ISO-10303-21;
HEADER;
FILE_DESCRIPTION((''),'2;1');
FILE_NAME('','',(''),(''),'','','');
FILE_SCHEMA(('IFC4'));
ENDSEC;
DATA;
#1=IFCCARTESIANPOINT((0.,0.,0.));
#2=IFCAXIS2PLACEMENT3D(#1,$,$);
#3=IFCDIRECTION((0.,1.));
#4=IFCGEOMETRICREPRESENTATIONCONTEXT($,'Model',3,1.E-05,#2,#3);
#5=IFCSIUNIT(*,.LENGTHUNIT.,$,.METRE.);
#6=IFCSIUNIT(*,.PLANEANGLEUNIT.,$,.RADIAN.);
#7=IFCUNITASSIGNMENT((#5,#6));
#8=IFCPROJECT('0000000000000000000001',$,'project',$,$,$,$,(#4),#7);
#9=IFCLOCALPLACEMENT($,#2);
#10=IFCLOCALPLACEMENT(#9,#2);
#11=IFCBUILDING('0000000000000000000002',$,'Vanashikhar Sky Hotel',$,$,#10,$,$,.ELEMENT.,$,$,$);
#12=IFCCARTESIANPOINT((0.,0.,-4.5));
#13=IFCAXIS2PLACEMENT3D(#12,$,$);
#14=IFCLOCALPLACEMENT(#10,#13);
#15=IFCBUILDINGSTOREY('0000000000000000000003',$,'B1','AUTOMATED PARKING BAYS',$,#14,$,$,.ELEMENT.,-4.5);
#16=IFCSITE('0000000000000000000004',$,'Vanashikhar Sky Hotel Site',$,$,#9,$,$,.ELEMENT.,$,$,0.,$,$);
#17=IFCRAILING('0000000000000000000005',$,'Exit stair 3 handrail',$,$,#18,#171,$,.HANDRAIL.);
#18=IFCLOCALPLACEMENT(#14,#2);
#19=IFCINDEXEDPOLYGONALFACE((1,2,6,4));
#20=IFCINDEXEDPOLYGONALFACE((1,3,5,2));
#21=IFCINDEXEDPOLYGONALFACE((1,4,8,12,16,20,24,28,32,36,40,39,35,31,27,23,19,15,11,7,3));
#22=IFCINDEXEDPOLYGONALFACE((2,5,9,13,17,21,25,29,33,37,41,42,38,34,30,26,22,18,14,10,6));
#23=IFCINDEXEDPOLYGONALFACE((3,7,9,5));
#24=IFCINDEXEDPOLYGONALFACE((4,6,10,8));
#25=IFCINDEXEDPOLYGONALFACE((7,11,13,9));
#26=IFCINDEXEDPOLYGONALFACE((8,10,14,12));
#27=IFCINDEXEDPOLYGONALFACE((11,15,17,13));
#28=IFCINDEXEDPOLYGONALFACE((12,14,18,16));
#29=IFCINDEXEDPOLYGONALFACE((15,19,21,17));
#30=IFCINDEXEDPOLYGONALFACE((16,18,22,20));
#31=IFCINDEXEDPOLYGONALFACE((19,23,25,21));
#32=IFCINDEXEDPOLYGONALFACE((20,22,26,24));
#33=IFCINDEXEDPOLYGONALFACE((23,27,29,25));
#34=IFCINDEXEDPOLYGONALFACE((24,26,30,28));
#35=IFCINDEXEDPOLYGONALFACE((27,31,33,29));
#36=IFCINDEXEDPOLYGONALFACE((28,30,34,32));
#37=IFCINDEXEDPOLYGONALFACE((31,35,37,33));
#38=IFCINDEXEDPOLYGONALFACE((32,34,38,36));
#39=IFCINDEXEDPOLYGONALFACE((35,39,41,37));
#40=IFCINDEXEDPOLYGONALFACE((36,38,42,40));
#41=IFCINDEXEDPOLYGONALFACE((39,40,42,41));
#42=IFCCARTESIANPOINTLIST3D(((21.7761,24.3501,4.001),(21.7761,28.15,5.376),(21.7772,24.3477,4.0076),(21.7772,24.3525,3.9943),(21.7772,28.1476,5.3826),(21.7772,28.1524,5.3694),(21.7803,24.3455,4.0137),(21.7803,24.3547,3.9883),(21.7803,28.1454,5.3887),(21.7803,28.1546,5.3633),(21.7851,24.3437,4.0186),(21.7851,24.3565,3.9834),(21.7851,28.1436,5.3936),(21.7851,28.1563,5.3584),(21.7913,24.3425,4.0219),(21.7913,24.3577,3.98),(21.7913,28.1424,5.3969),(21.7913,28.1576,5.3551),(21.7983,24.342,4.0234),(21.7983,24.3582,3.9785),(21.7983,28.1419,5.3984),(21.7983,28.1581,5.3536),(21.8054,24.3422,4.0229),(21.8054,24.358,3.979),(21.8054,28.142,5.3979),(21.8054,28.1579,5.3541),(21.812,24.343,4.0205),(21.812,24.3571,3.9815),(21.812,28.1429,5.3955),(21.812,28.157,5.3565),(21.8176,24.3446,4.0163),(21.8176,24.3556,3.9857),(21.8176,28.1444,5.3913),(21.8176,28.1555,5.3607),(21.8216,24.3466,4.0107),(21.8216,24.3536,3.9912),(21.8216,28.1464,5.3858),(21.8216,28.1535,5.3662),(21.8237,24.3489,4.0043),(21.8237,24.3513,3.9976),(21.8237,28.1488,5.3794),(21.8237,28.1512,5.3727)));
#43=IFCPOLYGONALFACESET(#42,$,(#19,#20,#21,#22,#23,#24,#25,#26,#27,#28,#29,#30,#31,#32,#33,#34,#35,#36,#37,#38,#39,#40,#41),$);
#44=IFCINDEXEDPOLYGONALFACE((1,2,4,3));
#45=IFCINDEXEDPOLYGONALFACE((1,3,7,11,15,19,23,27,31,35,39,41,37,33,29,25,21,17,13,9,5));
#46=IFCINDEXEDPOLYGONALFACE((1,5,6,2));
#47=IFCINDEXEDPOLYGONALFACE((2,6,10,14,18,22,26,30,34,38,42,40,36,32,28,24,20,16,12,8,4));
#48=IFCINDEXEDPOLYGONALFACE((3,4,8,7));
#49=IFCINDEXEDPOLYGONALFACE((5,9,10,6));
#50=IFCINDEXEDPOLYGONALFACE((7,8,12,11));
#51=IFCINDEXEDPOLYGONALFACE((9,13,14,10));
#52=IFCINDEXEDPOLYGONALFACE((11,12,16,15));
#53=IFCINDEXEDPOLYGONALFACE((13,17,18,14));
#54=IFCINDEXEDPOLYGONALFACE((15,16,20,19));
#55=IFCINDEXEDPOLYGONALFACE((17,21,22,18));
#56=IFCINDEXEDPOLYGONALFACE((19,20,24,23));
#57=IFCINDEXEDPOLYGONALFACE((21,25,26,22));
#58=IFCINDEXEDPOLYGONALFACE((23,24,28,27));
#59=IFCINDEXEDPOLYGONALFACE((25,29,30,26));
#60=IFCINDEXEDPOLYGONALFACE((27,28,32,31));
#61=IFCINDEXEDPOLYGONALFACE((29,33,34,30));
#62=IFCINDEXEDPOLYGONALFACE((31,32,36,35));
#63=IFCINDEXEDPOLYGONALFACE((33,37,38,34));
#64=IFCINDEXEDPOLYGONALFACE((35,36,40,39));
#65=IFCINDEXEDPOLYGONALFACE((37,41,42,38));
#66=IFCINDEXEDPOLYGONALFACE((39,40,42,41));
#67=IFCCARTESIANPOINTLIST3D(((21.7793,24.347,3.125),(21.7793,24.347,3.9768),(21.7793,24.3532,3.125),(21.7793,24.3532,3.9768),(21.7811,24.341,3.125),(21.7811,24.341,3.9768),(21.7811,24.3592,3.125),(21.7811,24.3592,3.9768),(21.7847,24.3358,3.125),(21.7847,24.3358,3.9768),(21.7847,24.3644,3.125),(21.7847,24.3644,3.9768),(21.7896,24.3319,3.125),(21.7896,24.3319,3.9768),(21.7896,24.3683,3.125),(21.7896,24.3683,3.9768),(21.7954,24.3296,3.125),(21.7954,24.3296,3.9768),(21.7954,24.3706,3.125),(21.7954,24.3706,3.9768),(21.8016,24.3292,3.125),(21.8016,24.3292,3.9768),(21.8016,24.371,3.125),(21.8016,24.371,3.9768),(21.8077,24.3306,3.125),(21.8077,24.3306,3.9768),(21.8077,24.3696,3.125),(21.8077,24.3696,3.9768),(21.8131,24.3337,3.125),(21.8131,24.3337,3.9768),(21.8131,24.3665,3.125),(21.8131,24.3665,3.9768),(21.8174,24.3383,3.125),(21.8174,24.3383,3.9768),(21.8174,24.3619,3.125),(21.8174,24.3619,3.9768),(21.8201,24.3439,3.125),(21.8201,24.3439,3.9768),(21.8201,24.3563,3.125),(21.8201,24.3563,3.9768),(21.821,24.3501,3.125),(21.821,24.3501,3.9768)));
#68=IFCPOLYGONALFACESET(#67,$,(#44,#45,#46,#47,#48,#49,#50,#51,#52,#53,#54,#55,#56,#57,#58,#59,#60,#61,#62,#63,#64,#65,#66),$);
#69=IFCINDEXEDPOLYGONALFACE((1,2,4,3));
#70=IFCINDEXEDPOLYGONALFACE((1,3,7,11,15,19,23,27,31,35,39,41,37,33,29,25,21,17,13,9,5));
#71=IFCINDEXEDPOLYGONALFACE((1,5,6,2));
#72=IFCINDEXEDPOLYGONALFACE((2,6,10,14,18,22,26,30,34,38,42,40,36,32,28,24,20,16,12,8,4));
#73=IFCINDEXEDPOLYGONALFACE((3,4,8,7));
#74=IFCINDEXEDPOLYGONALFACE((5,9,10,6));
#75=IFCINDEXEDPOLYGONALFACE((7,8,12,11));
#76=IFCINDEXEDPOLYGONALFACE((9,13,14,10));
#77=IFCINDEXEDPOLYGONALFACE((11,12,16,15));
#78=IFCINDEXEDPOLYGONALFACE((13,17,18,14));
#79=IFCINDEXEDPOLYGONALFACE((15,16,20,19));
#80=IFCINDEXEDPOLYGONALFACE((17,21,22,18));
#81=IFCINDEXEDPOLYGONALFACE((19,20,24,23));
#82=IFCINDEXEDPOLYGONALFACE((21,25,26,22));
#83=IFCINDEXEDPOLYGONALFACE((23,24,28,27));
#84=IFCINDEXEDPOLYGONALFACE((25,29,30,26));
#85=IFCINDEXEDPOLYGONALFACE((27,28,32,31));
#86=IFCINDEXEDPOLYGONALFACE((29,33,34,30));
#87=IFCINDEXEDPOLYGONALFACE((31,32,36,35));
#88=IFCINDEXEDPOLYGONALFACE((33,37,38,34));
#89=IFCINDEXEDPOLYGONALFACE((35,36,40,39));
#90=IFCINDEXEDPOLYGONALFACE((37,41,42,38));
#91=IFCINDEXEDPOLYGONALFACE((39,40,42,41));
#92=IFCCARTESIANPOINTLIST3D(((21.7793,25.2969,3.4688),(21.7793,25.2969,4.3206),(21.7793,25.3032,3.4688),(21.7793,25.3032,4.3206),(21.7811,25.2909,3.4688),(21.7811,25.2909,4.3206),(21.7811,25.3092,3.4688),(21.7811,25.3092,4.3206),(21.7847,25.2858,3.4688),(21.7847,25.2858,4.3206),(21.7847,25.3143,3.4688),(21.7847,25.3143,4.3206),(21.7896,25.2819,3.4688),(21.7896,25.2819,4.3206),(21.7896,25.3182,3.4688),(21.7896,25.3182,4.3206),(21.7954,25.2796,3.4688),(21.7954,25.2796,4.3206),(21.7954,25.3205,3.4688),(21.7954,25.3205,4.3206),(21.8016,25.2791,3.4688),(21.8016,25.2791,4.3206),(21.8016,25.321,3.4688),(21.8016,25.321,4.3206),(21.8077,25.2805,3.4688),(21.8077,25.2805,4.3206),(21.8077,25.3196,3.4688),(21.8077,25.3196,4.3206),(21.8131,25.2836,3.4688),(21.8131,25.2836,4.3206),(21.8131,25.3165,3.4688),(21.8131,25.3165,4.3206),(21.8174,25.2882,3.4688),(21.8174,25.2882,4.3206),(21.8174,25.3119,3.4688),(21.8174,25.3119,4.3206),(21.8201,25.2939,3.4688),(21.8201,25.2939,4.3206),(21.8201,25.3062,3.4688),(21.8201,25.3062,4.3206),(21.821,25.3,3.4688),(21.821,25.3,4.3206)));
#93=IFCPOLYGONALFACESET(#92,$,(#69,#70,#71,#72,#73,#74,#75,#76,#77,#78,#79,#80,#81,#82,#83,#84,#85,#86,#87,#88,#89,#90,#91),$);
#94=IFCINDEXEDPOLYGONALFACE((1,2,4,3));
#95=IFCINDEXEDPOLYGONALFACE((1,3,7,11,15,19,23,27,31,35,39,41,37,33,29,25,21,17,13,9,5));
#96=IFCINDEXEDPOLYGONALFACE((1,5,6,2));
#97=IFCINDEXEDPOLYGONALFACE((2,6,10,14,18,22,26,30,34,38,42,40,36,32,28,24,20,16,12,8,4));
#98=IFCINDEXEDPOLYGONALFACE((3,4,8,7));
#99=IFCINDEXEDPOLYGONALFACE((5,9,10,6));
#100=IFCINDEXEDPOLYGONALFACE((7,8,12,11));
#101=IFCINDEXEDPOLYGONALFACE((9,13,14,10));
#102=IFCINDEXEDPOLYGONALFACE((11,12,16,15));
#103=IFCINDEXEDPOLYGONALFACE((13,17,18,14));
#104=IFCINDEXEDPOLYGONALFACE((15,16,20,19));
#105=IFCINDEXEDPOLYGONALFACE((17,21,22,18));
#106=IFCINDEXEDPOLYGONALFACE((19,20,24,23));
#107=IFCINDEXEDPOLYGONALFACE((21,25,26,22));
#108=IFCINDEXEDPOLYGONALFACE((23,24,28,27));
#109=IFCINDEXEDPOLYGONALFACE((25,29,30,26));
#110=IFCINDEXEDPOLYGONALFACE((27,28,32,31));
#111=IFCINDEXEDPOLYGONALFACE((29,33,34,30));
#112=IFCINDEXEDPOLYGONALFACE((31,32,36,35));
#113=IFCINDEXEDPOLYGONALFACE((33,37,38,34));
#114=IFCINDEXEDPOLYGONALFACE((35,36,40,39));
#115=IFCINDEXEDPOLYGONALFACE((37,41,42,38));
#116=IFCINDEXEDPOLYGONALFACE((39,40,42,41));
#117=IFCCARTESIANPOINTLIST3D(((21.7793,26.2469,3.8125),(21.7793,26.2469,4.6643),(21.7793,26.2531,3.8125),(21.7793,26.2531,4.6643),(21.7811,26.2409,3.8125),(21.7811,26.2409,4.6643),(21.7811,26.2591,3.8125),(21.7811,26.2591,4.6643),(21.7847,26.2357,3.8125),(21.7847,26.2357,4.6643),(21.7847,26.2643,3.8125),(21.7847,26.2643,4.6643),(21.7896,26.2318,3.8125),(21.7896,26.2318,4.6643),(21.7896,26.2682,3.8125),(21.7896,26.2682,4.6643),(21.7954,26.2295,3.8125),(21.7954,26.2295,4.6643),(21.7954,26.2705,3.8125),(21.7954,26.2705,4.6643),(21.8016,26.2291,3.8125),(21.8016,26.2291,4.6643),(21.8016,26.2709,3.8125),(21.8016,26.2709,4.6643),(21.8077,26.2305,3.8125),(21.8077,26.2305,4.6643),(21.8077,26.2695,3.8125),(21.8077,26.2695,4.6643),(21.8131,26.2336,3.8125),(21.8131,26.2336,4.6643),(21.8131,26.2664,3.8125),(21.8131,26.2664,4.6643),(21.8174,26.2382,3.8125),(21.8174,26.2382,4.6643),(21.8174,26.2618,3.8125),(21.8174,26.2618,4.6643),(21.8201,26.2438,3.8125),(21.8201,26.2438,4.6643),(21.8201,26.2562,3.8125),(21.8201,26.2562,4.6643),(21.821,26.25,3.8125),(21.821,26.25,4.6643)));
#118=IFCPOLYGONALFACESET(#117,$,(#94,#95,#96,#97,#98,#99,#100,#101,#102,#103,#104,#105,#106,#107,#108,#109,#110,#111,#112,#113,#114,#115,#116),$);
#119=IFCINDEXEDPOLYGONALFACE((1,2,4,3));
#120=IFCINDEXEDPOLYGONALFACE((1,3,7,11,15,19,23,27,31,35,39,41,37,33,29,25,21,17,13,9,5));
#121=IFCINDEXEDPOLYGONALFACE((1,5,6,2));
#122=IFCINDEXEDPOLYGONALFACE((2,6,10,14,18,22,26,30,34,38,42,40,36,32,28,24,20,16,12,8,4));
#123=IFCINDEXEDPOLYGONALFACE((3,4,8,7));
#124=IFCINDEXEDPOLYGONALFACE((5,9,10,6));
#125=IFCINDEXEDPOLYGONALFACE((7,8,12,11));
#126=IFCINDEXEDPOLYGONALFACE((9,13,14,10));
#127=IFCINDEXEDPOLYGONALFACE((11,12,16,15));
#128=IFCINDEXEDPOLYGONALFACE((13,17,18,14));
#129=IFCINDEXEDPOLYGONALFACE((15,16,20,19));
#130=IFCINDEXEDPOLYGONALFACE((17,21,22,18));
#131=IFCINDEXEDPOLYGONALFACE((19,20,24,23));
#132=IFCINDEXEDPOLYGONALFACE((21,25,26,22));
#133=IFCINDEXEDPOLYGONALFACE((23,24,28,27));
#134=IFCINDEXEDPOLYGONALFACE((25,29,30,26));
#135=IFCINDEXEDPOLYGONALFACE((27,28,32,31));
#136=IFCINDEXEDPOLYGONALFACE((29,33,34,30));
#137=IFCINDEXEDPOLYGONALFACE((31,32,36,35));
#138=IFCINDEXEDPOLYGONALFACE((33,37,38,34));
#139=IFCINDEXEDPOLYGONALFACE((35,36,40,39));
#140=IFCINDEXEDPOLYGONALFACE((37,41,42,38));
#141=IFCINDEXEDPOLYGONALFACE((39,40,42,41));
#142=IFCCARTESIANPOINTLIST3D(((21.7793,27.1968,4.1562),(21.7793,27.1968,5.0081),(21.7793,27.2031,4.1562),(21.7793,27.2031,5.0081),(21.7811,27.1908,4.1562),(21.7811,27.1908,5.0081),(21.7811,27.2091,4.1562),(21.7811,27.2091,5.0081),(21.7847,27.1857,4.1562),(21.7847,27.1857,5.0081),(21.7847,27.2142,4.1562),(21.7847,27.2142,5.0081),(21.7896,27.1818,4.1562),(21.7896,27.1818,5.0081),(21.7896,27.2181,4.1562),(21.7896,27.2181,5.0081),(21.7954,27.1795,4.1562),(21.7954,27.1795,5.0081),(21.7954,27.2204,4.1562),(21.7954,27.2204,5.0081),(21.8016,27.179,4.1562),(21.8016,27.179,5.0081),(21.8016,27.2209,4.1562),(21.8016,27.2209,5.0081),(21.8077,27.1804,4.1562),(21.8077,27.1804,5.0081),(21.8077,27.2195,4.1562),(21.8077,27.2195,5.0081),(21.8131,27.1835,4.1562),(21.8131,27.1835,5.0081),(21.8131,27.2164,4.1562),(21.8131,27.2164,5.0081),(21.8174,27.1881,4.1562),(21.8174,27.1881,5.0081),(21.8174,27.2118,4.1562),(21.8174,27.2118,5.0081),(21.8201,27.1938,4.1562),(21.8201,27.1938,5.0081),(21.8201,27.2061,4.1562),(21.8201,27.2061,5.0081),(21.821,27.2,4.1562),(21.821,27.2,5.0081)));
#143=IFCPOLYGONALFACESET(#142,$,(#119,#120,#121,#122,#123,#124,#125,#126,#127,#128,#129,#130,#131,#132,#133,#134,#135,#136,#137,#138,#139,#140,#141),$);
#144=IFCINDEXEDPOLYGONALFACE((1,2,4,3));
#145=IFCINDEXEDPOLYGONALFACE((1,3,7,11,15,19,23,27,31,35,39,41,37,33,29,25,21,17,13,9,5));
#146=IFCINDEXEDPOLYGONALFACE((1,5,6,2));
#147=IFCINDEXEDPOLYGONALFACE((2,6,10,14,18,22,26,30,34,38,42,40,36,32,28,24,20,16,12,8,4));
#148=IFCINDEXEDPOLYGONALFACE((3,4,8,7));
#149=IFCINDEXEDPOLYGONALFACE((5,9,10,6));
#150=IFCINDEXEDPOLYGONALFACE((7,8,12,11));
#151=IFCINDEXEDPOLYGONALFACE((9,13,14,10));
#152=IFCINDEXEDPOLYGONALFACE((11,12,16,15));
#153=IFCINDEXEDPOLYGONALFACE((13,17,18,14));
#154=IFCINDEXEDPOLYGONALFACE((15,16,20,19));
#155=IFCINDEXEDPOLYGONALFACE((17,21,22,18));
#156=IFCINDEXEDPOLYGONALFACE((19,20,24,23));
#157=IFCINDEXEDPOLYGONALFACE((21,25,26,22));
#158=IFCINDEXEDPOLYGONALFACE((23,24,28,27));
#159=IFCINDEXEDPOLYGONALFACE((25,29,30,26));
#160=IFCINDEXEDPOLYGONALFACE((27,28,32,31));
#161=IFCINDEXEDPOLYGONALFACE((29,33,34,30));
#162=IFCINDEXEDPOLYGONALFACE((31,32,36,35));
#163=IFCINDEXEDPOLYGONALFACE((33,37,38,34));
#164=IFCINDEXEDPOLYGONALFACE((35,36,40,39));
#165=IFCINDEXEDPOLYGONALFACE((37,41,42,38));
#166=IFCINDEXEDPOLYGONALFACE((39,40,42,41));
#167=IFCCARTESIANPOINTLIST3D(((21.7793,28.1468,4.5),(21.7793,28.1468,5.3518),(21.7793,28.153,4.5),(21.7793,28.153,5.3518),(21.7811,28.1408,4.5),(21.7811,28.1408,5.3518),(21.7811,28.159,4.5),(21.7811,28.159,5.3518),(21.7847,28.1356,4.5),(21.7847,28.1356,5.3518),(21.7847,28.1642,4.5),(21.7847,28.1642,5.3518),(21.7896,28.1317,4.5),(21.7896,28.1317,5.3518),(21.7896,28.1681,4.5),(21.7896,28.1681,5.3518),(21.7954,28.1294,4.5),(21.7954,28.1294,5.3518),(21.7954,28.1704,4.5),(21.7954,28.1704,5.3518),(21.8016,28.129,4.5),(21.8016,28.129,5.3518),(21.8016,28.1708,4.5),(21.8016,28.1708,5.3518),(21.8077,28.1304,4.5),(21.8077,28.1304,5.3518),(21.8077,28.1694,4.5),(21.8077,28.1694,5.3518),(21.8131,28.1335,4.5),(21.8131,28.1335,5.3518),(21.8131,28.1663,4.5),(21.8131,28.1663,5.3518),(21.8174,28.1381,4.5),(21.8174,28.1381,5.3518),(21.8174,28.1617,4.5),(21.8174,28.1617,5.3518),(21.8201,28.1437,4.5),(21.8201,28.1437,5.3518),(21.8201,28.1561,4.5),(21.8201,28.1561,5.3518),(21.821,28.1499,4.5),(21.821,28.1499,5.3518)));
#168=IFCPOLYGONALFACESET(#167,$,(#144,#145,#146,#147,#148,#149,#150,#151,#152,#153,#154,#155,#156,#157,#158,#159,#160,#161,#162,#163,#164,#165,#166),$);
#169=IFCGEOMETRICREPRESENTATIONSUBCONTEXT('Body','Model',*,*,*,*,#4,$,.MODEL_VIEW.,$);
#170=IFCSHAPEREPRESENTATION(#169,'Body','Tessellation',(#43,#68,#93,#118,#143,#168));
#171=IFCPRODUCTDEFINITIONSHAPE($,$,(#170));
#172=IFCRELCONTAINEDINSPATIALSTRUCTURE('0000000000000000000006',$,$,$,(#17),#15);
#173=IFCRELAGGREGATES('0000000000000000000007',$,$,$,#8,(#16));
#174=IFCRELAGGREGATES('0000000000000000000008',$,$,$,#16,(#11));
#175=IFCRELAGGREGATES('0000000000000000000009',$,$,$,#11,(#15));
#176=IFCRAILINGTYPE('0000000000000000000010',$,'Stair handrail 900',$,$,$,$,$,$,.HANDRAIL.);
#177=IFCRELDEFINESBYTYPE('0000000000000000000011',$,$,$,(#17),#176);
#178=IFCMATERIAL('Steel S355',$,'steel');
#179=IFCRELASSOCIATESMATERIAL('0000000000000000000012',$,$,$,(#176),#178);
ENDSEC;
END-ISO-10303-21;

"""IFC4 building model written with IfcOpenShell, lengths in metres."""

from ifc_helpers import new_model, si_unit, direction, frame, origin, origin_2d, place, context, subcontext, project, spatial, circle, extrude, source, transform, mapped, material, type_object, element, save


model = new_model("IFC4")

# Units and contexts
model_context = context("Model", 3, precision=1e-05, world=origin(), true_north=direction((0.0, 1.0)))
body_context = subcontext(model_context, "Body", "Model", "MODEL_VIEW")
ifc_project = project(units=[si_unit("LENGTHUNIT", "METRE"), si_unit("PLANEANGLEUNIT", "RADIAN")], contexts=[model_context])

# Site, building, storey
site_placement = place(None, origin())
site = spatial("IfcSite", under=ifc_project, at=site_placement, Name="Vanashikhar Sky Hotel Site", CompositionType="ELEMENT", RefElevation=0.0)
building_placement = place(site_placement, origin())
building = spatial("IfcBuilding", under=site, at=building_placement, Name="Vanashikhar Sky Hotel", CompositionType="ELEMENT")
storey_placement = place(building_placement, frame((0.0, 0.0, -4.5)))
storey = spatial("IfcBuildingStorey", under=building, at=storey_placement, Name="B1", Description="AUTOMATED PARKING BAYS", CompositionType="ELEMENT", Elevation=-4.5)

# Railing
ifc_material_1 = material(Name="Steel S355", Category="steel")
railing_type = type_object("IfcRailingType", Name="Stair handrail 900", PredefinedType="HANDRAIL", material=ifc_material_1)
shared_shape_1 = source(origin(), body_context, "Body", "SweptSolid", [
    extrude(circle(Radius=0.0239, at=origin_2d()), frame((0.0, 0.0, 0.876), z_axis=(0.0, 0.940329, 0.340268), x_axis=(-1.0, 0.0, 0.0)), (0.0, 0.0, 1.0), 4.041),
    extrude(circle(Radius=0.021, at=origin_2d()), origin(), (0.0, 0.0, 1.0), 0.8518),
    extrude(circle(Radius=0.021, at=origin_2d()), frame((0.0, 0.95, 0.3438)), (0.0, 0.0, 1.0), 0.8518),
    extrude(circle(Radius=0.021, at=origin_2d()), frame((0.0, 1.8999, 0.6875)), (0.0, 0.0, 1.0), 0.8518),
    extrude(circle(Radius=0.021, at=origin_2d()), frame((0.0, 2.8499, 1.0312)), (0.0, 0.0, 1.0), 0.8518),
    extrude(circle(Radius=0.021, at=origin_2d()), frame((0.0, 3.7998, 1.375)), (0.0, 0.0, 1.0), 0.8518),
])
for number, where, name in (
    (1, (21.8, 24.3501, 3.125), "Exit stair 3 handrail"),
):
    element("IfcRailing", number, at=place(storey_placement, frame(where)), inside=storey, type_object=railing_type, Name=name, PredefinedType="HANDRAIL", context=body_context, shape_type="MappedRepresentation", body=[
        mapped(shared_shape_1, transform((0.0, 0.0, 0.0), scale=1.0)),
    ])

save(model, "model.ifc")
